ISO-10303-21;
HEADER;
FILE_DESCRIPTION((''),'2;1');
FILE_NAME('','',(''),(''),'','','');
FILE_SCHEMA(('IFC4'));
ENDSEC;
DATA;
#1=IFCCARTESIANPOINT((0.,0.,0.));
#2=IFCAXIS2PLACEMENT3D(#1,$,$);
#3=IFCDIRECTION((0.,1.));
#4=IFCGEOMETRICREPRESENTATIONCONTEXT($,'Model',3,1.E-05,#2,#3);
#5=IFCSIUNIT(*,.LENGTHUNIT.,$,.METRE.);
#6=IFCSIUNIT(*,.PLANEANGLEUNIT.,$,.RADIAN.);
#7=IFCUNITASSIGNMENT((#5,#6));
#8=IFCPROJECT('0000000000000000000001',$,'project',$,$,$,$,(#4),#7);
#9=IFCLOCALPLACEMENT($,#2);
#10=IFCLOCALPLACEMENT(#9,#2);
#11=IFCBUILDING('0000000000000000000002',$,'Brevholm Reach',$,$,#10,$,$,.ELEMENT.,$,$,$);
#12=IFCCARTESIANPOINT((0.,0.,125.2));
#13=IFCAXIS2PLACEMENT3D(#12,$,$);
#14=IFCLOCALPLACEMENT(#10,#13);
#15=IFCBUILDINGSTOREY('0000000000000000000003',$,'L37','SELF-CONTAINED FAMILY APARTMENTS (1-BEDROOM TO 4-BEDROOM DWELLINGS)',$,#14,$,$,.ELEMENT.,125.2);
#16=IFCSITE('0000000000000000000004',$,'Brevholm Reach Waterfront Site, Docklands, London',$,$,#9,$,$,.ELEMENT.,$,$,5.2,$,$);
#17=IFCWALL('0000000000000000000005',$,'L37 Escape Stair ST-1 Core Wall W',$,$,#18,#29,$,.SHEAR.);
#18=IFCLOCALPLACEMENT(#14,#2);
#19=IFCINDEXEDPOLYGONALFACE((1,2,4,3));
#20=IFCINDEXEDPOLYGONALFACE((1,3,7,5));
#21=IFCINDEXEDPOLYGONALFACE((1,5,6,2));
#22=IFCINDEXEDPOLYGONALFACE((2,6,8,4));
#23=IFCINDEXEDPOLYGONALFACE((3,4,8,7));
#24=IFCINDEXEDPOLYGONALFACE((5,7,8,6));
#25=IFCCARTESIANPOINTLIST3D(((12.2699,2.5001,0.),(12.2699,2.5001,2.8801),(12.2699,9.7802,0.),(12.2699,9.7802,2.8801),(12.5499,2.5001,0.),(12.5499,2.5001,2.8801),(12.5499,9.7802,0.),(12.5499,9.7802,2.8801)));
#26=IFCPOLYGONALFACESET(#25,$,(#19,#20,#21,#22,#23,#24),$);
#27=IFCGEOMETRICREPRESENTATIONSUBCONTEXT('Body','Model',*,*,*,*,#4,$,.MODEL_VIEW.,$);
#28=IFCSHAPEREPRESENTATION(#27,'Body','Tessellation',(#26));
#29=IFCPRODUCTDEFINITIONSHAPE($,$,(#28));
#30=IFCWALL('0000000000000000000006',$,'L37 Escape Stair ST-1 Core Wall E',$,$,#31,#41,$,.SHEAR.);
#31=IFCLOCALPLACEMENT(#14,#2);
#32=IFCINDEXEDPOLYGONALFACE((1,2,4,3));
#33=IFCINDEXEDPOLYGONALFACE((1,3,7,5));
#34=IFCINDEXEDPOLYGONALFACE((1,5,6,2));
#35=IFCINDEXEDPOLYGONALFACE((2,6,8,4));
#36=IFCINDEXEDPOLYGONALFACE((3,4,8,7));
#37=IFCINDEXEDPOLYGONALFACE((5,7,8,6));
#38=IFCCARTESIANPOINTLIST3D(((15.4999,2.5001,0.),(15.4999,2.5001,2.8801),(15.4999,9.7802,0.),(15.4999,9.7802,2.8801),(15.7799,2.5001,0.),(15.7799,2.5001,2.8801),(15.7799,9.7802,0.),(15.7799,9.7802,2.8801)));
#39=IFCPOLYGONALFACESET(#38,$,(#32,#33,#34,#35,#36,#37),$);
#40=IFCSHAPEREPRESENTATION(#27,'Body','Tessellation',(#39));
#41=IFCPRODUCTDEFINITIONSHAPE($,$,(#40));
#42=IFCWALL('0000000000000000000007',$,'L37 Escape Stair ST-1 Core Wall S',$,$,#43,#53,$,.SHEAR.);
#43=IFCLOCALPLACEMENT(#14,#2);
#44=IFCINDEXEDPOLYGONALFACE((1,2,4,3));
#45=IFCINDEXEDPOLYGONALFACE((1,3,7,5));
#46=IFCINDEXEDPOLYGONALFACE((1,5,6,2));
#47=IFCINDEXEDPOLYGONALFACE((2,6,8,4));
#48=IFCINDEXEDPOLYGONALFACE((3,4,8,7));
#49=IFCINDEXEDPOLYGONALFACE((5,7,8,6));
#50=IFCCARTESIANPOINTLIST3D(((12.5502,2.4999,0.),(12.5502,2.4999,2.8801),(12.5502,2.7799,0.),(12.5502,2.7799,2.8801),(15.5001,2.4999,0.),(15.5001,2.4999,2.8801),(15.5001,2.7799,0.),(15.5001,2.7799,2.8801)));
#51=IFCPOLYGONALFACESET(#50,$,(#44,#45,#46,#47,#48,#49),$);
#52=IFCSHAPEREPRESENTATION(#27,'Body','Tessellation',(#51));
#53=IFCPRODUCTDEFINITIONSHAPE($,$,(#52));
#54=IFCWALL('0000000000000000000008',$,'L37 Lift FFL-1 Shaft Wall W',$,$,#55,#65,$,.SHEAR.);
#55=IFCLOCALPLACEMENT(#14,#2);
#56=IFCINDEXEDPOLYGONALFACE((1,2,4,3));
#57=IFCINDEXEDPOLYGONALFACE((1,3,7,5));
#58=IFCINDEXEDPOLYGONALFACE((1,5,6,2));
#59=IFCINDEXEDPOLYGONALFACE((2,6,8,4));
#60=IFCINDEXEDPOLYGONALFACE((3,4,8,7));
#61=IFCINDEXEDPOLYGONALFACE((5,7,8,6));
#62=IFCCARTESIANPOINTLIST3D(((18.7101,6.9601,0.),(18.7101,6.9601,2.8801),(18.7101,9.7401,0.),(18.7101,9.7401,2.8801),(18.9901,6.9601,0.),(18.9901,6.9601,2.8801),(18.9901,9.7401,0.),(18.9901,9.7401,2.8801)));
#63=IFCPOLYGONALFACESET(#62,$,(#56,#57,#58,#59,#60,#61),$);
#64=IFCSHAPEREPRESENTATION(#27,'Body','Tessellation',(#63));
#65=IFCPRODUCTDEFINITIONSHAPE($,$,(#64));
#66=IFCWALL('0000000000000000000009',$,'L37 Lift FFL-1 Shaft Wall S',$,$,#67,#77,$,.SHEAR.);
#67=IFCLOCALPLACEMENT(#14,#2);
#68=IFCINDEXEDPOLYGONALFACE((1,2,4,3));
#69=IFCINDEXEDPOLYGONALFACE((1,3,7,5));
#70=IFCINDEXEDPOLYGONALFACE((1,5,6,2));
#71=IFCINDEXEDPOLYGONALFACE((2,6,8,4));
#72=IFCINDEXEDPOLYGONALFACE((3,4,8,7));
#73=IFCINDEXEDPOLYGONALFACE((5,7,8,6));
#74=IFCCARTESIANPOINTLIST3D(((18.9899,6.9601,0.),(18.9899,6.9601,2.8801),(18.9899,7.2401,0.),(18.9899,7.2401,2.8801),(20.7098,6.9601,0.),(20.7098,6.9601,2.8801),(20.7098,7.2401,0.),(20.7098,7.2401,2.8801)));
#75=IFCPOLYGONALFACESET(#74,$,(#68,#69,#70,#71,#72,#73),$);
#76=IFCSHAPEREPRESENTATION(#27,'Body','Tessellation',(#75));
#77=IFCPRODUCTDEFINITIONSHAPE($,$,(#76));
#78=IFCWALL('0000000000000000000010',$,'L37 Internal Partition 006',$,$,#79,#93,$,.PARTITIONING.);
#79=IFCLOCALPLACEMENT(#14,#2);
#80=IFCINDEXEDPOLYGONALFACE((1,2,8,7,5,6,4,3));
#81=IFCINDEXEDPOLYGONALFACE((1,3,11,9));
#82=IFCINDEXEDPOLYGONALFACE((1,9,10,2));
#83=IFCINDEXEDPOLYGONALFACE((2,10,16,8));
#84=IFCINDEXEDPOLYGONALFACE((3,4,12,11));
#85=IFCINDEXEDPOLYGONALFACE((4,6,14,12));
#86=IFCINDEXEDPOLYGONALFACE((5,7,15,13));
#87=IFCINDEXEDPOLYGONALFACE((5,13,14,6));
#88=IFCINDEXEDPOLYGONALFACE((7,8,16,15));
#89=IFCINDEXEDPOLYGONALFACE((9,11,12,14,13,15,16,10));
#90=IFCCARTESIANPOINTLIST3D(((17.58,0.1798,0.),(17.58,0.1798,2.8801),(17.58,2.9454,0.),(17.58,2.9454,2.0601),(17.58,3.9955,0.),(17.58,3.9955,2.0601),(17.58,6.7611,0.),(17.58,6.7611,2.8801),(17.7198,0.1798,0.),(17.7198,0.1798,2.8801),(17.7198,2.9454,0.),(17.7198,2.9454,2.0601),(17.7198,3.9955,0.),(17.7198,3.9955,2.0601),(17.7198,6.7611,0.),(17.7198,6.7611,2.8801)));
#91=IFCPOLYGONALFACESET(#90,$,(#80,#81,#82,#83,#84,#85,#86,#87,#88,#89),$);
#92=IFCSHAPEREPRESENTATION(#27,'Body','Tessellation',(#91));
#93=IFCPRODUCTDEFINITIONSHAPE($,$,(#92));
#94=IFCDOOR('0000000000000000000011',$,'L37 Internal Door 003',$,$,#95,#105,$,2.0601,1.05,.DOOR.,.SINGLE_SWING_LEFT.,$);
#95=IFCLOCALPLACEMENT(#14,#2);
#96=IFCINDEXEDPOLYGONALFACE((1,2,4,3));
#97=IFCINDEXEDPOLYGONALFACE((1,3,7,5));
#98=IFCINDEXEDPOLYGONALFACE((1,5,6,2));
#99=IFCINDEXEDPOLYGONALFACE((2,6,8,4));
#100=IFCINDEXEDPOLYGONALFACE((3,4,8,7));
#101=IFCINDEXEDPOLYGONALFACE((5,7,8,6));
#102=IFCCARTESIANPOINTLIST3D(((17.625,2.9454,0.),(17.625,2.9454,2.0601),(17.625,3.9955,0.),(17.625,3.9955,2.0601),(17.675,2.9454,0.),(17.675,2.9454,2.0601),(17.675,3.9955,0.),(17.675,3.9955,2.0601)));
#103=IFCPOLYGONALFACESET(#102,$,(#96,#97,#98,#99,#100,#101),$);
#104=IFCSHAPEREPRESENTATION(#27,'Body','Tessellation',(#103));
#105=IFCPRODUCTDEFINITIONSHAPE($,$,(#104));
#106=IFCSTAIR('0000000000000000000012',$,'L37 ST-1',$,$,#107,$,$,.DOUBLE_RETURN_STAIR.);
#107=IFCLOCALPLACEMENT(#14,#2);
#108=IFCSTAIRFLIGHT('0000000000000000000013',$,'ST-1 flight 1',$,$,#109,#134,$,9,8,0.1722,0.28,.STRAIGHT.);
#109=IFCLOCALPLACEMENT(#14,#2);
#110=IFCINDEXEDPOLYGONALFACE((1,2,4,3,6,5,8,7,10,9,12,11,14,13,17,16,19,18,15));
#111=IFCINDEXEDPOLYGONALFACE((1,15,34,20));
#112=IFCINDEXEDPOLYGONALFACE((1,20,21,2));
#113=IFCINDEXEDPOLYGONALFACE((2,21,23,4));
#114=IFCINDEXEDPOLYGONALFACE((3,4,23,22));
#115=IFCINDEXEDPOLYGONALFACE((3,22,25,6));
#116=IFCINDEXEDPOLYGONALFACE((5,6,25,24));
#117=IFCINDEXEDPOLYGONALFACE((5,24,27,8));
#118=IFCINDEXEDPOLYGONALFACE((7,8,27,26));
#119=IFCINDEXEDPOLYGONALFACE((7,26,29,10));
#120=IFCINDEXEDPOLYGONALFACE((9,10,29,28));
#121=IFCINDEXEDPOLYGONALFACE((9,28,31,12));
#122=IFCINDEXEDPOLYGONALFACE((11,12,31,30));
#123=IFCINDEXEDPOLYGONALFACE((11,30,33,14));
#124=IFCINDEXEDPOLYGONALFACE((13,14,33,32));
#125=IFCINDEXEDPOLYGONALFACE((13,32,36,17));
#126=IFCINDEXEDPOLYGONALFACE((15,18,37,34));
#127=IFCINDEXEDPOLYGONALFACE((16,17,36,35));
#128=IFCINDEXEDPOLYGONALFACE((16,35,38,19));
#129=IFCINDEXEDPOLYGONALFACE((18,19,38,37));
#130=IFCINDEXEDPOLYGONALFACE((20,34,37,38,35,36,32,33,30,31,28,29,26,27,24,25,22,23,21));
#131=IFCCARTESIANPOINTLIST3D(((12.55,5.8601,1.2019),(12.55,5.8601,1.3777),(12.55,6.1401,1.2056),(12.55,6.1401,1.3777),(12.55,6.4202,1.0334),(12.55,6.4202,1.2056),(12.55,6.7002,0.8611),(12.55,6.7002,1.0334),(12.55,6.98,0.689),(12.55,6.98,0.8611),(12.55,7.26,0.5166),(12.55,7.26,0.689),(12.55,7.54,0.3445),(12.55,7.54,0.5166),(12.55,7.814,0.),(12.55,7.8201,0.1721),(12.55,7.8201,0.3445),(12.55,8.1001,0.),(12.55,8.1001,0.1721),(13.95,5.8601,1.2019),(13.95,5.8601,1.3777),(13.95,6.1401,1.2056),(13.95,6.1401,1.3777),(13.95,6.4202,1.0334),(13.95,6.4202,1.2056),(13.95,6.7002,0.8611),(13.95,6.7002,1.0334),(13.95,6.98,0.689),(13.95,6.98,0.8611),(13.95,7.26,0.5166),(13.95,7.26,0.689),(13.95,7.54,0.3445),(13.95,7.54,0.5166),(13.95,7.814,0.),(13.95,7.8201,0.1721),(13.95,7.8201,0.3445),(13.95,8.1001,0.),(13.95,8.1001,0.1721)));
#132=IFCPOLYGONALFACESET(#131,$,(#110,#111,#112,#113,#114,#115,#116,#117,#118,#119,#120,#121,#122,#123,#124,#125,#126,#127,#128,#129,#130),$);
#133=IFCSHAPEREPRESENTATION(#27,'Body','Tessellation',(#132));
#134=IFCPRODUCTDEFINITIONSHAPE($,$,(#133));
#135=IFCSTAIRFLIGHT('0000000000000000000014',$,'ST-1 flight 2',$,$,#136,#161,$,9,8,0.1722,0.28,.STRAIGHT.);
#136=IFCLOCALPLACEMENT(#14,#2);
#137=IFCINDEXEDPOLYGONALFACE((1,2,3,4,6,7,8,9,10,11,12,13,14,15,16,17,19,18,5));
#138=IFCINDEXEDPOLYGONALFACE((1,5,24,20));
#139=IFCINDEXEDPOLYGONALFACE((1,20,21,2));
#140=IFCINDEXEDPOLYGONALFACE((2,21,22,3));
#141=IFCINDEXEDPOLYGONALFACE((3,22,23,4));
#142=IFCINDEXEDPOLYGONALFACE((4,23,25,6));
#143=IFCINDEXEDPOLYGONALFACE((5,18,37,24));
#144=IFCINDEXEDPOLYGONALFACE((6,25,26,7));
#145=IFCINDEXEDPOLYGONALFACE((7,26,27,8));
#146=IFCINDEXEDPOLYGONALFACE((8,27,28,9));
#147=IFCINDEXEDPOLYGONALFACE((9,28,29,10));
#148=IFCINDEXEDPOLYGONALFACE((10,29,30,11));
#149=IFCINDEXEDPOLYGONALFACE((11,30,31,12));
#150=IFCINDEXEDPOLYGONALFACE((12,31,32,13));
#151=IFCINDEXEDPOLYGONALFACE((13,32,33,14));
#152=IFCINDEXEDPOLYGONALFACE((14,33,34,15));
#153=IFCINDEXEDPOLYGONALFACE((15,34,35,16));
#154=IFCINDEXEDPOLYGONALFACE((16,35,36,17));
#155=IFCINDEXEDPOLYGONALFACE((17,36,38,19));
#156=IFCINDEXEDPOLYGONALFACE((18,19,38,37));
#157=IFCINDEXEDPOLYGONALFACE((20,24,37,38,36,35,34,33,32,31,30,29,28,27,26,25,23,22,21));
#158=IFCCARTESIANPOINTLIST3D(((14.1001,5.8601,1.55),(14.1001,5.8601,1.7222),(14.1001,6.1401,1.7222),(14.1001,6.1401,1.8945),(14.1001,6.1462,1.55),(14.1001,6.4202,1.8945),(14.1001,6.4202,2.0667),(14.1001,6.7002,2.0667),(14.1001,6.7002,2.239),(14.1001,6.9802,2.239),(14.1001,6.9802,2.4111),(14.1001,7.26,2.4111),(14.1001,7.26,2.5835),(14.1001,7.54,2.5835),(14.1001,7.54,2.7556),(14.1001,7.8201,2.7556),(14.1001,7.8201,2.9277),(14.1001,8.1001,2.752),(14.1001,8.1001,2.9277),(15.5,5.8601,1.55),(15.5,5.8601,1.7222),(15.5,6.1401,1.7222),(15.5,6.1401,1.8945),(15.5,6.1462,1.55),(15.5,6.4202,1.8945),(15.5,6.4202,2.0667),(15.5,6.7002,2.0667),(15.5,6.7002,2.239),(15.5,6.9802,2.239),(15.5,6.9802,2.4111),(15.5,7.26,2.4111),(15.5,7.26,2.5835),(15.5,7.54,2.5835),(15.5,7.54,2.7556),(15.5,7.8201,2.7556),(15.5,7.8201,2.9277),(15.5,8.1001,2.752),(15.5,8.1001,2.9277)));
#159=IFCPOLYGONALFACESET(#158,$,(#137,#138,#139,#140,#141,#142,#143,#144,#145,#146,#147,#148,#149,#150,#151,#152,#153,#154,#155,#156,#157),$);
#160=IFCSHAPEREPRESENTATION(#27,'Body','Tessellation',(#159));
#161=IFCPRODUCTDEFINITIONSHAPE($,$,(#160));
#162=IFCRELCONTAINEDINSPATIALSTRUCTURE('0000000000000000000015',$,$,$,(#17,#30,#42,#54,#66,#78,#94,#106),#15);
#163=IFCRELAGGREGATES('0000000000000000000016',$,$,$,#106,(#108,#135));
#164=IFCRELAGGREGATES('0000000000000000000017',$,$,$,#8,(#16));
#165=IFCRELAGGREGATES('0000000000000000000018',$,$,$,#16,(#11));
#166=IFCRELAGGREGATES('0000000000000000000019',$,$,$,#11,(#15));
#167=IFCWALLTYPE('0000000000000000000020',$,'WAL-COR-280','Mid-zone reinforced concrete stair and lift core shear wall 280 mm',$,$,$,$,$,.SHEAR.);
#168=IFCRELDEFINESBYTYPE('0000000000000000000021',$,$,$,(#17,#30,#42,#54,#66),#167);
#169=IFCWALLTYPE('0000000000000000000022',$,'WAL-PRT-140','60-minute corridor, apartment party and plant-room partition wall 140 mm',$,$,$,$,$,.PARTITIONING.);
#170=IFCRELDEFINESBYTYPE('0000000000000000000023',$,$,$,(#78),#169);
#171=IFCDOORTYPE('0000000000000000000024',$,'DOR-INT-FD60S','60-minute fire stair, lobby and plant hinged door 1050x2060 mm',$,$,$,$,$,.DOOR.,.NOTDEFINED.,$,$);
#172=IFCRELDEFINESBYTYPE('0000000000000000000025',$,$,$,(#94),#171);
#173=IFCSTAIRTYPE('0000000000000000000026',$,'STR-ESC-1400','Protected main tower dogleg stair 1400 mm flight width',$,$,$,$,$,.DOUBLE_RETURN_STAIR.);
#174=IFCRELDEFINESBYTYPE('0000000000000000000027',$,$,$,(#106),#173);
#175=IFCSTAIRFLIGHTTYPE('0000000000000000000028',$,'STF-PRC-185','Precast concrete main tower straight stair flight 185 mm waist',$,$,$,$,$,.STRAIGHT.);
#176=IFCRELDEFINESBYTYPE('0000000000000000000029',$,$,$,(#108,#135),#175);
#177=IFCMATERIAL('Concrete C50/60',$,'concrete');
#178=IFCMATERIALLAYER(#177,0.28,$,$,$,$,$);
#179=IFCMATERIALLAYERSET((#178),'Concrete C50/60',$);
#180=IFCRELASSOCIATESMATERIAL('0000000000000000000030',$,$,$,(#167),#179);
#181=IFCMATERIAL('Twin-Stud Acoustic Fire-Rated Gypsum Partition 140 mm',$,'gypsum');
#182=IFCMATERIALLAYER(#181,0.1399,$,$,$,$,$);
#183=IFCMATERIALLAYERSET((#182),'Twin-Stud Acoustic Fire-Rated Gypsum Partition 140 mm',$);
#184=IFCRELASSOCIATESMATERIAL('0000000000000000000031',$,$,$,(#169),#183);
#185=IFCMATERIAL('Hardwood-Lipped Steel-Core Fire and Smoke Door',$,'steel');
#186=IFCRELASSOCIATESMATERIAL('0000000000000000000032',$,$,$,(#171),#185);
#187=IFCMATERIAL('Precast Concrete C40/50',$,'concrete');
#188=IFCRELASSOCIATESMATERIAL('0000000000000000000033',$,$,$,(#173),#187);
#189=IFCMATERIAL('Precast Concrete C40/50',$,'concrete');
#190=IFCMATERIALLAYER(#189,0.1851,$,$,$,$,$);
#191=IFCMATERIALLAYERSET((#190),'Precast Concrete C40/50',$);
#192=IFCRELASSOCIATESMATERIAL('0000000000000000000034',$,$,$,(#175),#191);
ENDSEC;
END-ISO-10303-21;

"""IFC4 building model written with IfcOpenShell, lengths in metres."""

from ifc_helpers import new_model, si_unit, direction, frame, frame_2d, origin, place, context, subcontext, project, spatial, polyline, rectangle, outline, extrude, material, layer, layer_set, type_object, element, fill, aggregate, save


model = new_model("IFC4")

# Units and contexts
model_context = context("Model", 3, precision=1e-05, world=origin(), true_north=direction((0.0, 1.0)))
body_context = subcontext(model_context, "Body", "Model", "MODEL_VIEW")
ifc_project = project(units=[si_unit("LENGTHUNIT", "METRE"), si_unit("PLANEANGLEUNIT", "RADIAN")], contexts=[model_context])

# Site, building, storey
site_placement = place(None, origin())
site = spatial("IfcSite", under=ifc_project, at=site_placement, Name="Brevholm Reach Waterfront Site, Docklands, London", CompositionType="ELEMENT", RefElevation=5.2)
building_placement = place(site_placement, origin())
building = spatial("IfcBuilding", under=site, at=building_placement, Name="Brevholm Reach", CompositionType="ELEMENT")
storey_placement = place(building_placement, frame((0.0, 0.0, 125.2)))
storey = spatial("IfcBuildingStorey", under=building, at=storey_placement, Name="L37", Description="SELF-CONTAINED FAMILY APARTMENTS (1-BEDROOM TO 4-BEDROOM DWELLINGS)", CompositionType="ELEMENT", Elevation=125.2)

# Walls
ifc_material_1 = material(Name="Concrete C50/60", Category="concrete")
ifc_layer_1 = layer(ifc_material_1, 0.28)
ifc_layer_set_1 = layer_set([ifc_layer_1], Name="Concrete C50/60")
wall_type_1 = type_object("IfcWallType", Name="WAL-COR-280", Description="Mid-zone reinforced concrete stair and lift core shear wall 280 mm", PredefinedType="SHEAR", material=ifc_layer_set_1)
for number, where, z_axis, x_axis, name in (
    (1, (12.4099, 2.5, 0.0), (0.0, 0.0, 1.0), (0.0, 1.0, 0.0), "L37 Escape Stair ST-1 Core Wall W"),
    (2, (15.6399, 2.5, 0.0), (0.0, 0.0, 1.0), (0.0, 1.0, 0.0), "L37 Escape Stair ST-1 Core Wall E"),
):
    element("IfcWall", number, at=place(storey_placement, frame(where, z_axis=z_axis, x_axis=x_axis)), inside=storey, type_object=wall_type_1, Name=name, PredefinedType="SHEAR", context=body_context, shape_type="SweptSolid", body=[
        extrude(rectangle(XDim=7.28, YDim=0.28, at=frame_2d((3.6401, 0.0))), origin(), (0.0, 0.0, 1.0), 2.8801),
    ])
wall_1_placement = place(storey_placement, frame((12.55, 2.6399, 0.0), z_axis=(0.0, 0.0, 1.0), x_axis=(1.0, 0.0, 0.0)))
element("IfcWall", 3, at=wall_1_placement, inside=storey, type_object=wall_type_1, Name="L37 Escape Stair ST-1 Core Wall S", PredefinedType="SHEAR", context=body_context, shape_type="SweptSolid", body=[
    extrude(rectangle(XDim=2.95, YDim=0.28, at=frame_2d((1.4751, 0.0))), origin(), (0.0, 0.0, 1.0), 2.8801),
])
wall_2_placement = place(storey_placement, frame((18.8501, 6.96, 0.0), z_axis=(0.0, 0.0, 1.0), x_axis=(0.0, 1.0, 0.0)))
element("IfcWall", 4, at=wall_2_placement, inside=storey, type_object=wall_type_1, Name="L37 Lift FFL-1 Shaft Wall W", PredefinedType="SHEAR", context=body_context, shape_type="SweptSolid", body=[
    extrude(rectangle(XDim=2.78, YDim=0.28, at=frame_2d((1.3901, 0.0))), origin(), (0.0, 0.0, 1.0), 2.8801),
])
wall_3_placement = place(storey_placement, frame((18.99, 7.1001, 0.0), z_axis=(0.0, 0.0, 1.0), x_axis=(1.0, 0.0, 0.0)))
element("IfcWall", 5, at=wall_3_placement, inside=storey, type_object=wall_type_1, Name="L37 Lift FFL-1 Shaft Wall S", PredefinedType="SHEAR", context=body_context, shape_type="SweptSolid", body=[
    extrude(rectangle(XDim=1.72, YDim=0.28, at=frame_2d((0.8599, 0.0))), origin(), (0.0, 0.0, 1.0), 2.8801),
])

# Wall, opening, door
ifc_material_2 = material(Name="Twin-Stud Acoustic Fire-Rated Gypsum Partition 140 mm", Category="gypsum")
ifc_layer_2 = layer(ifc_material_2, 0.1399)
ifc_layer_set_2 = layer_set([ifc_layer_2], Name="Twin-Stud Acoustic Fire-Rated Gypsum Partition 140 mm")
wall_type_2 = type_object("IfcWallType", Name="WAL-PRT-140", Description="60-minute corridor, apartment party and plant-room partition wall 140 mm", PredefinedType="PARTITIONING", material=ifc_layer_set_2)
wall_4_placement = place(storey_placement, frame((17.6499, 0.1799, 0.0), z_axis=(0.0, 0.0, 1.0), x_axis=(0.0, 1.0, 0.0)))
wall_4 = element("IfcWall", 6, at=wall_4_placement, inside=storey, type_object=wall_type_2, Name="L37 Internal Partition 006", PredefinedType="PARTITIONING", context=body_context, shape_type="SweptSolid", body=[
    extrude(rectangle(XDim=6.5813, YDim=0.1399, at=frame_2d((3.2905, 0.0))), origin(), (0.0, 0.0, 1.0), 2.8801),
])
opening_placement = place(wall_4_placement, frame((2.7656, 0.0, 0.0)))
opening = element("IfcOpeningElement", 7, at=opening_placement, cuts=wall_4, PredefinedType="OPENING", context=body_context, shape_type="SweptSolid", body=[
    extrude(rectangle(XDim=1.05, YDim=2.0601, at=frame_2d((0.5249, 1.03))), frame((0.0, 0.0798, 0.0), z_axis=(0.0, -1.0, 0.0), x_axis=(1.0, 0.0, 0.0)), (0.0, 0.0, 1.0), 0.1599),
])
ifc_material_3 = material(Name="Hardwood-Lipped Steel-Core Fire and Smoke Door", Category="steel")
door_type = type_object("IfcDoorType", Name="DOR-INT-FD60S", Description="60-minute fire stair, lobby and plant hinged door 1050x2060 mm", OperationType="NOTDEFINED", PredefinedType="DOOR", material=ifc_material_3)
door_placement = place(opening_placement, origin())
door = element("IfcDoor", 8, at=door_placement, inside=storey, type_object=door_type, Name="L37 Internal Door 003", OperationType="SINGLE_SWING_LEFT", OverallHeight=2.0601, OverallWidth=1.05, PredefinedType="DOOR", context=body_context, shape_type="SweptSolid", body=[
    extrude(rectangle(XDim=1.05, YDim=2.0601, at=frame_2d((0.5249, 1.03))), frame((0.0, 0.0249, 0.0), z_axis=(0.0, -1.0, 0.0), x_axis=(1.0, 0.0, 0.0)), (0.0, 0.0, 1.0), 0.05),
])
fill(opening, door)

# Stair, stair flights
ifc_material_4 = material(Name="Precast Concrete C40/50", Category="concrete")
stair_type = type_object("IfcStairType", Name="STR-ESC-1400", Description="Protected main tower dogleg stair 1400 mm flight width", PredefinedType="DOUBLE_RETURN_STAIR", material=ifc_material_4)
stair_placement = place(storey_placement, origin())
stair = element("IfcStair", 9, at=stair_placement, inside=storey, type_object=stair_type, Name="L37 ST-1", PredefinedType="DOUBLE_RETURN_STAIR")
ifc_material_5 = material(Name="Precast Concrete C40/50", Category="concrete")
ifc_layer_3 = layer(ifc_material_5, 0.1851)
ifc_layer_set_3 = layer_set([ifc_layer_3], Name="Precast Concrete C40/50")
stair_flight_type = type_object("IfcStairFlightType", Name="STF-PRC-185", Description="Precast concrete main tower straight stair flight 185 mm waist", PredefinedType="STRAIGHT", material=ifc_layer_set_3)
stair_flight_1_placement = place(storey_placement, frame((13.25, 8.1001, 0.0), z_axis=(0.0, 0.0, 1.0), x_axis=(0.0, -1.0, 0.0)))
stair_flight_1 = element("IfcStairFlight", 10, at=stair_flight_1_placement, type_object=stair_flight_type, Name="ST-1 flight 1", NumberOfRisers=9, NumberOfTreads=8, PredefinedType="STRAIGHT", RiserHeight=0.1722, TreadLength=0.28, context=body_context, shape_type="SweptSolid", body=[
    extrude(outline(polyline([(0.0, 0.0), (0.0, 0.1721), (0.28, 0.1721), (0.28, 0.3445), (0.5601, 0.3445), (0.5601, 0.5166), (0.8401, 0.5166), (0.8401, 0.689), (1.1201, 0.689), (1.1201, 0.8611), (1.3999, 0.8611), (1.3999, 1.0334), (1.6799, 1.0334), (1.6799, 1.2056), (1.96, 1.2056), (1.96, 1.3777), (2.24, 1.3777), (2.24, 1.55), (2.24, 1.2019), (0.2861, 0.0), (0.0, 0.0)])), frame((0.0, 0.7, 0.0), z_axis=(0.0, -1.0, 0.0), x_axis=(1.0, 0.0, 0.0)), (0.0, 0.0, 1.0), 1.3999),
])
stair_flight_2_placement = place(storey_placement, frame((14.8, 5.8601, 1.55), z_axis=(0.0, 0.0, 1.0), x_axis=(0.0, 1.0, 0.0)))
stair_flight_2 = element("IfcStairFlight", 11, at=stair_flight_2_placement, type_object=stair_flight_type, Name="ST-1 flight 2", NumberOfRisers=9, NumberOfTreads=8, PredefinedType="STRAIGHT", RiserHeight=0.1722, TreadLength=0.28, context=body_context, shape_type="SweptSolid", body=[
    extrude(outline(polyline([(0.0, 0.0), (0.0, 0.1721), (0.28, 0.1721), (0.28, 0.3445), (0.5601, 0.3445), (0.5601, 0.5166), (0.8401, 0.5166), (0.8401, 0.689), (1.1201, 0.689), (1.1201, 0.8611), (1.3999, 0.8611), (1.3999, 1.0334), (1.6799, 1.0334), (1.6799, 1.2056), (1.96, 1.2056), (1.96, 1.3777), (2.24, 1.3777), (2.24, 1.55), (2.24, 1.2019), (0.2861, 0.0), (0.0, 0.0)])), frame((0.0, 0.7, 0.0), z_axis=(0.0, -1.0, 0.0), x_axis=(1.0, 0.0, 0.0)), (0.0, 0.0, 1.0), 1.3999),
])
aggregate(stair, [stair_flight_1, stair_flight_2])

save(model, "model.ifc")
